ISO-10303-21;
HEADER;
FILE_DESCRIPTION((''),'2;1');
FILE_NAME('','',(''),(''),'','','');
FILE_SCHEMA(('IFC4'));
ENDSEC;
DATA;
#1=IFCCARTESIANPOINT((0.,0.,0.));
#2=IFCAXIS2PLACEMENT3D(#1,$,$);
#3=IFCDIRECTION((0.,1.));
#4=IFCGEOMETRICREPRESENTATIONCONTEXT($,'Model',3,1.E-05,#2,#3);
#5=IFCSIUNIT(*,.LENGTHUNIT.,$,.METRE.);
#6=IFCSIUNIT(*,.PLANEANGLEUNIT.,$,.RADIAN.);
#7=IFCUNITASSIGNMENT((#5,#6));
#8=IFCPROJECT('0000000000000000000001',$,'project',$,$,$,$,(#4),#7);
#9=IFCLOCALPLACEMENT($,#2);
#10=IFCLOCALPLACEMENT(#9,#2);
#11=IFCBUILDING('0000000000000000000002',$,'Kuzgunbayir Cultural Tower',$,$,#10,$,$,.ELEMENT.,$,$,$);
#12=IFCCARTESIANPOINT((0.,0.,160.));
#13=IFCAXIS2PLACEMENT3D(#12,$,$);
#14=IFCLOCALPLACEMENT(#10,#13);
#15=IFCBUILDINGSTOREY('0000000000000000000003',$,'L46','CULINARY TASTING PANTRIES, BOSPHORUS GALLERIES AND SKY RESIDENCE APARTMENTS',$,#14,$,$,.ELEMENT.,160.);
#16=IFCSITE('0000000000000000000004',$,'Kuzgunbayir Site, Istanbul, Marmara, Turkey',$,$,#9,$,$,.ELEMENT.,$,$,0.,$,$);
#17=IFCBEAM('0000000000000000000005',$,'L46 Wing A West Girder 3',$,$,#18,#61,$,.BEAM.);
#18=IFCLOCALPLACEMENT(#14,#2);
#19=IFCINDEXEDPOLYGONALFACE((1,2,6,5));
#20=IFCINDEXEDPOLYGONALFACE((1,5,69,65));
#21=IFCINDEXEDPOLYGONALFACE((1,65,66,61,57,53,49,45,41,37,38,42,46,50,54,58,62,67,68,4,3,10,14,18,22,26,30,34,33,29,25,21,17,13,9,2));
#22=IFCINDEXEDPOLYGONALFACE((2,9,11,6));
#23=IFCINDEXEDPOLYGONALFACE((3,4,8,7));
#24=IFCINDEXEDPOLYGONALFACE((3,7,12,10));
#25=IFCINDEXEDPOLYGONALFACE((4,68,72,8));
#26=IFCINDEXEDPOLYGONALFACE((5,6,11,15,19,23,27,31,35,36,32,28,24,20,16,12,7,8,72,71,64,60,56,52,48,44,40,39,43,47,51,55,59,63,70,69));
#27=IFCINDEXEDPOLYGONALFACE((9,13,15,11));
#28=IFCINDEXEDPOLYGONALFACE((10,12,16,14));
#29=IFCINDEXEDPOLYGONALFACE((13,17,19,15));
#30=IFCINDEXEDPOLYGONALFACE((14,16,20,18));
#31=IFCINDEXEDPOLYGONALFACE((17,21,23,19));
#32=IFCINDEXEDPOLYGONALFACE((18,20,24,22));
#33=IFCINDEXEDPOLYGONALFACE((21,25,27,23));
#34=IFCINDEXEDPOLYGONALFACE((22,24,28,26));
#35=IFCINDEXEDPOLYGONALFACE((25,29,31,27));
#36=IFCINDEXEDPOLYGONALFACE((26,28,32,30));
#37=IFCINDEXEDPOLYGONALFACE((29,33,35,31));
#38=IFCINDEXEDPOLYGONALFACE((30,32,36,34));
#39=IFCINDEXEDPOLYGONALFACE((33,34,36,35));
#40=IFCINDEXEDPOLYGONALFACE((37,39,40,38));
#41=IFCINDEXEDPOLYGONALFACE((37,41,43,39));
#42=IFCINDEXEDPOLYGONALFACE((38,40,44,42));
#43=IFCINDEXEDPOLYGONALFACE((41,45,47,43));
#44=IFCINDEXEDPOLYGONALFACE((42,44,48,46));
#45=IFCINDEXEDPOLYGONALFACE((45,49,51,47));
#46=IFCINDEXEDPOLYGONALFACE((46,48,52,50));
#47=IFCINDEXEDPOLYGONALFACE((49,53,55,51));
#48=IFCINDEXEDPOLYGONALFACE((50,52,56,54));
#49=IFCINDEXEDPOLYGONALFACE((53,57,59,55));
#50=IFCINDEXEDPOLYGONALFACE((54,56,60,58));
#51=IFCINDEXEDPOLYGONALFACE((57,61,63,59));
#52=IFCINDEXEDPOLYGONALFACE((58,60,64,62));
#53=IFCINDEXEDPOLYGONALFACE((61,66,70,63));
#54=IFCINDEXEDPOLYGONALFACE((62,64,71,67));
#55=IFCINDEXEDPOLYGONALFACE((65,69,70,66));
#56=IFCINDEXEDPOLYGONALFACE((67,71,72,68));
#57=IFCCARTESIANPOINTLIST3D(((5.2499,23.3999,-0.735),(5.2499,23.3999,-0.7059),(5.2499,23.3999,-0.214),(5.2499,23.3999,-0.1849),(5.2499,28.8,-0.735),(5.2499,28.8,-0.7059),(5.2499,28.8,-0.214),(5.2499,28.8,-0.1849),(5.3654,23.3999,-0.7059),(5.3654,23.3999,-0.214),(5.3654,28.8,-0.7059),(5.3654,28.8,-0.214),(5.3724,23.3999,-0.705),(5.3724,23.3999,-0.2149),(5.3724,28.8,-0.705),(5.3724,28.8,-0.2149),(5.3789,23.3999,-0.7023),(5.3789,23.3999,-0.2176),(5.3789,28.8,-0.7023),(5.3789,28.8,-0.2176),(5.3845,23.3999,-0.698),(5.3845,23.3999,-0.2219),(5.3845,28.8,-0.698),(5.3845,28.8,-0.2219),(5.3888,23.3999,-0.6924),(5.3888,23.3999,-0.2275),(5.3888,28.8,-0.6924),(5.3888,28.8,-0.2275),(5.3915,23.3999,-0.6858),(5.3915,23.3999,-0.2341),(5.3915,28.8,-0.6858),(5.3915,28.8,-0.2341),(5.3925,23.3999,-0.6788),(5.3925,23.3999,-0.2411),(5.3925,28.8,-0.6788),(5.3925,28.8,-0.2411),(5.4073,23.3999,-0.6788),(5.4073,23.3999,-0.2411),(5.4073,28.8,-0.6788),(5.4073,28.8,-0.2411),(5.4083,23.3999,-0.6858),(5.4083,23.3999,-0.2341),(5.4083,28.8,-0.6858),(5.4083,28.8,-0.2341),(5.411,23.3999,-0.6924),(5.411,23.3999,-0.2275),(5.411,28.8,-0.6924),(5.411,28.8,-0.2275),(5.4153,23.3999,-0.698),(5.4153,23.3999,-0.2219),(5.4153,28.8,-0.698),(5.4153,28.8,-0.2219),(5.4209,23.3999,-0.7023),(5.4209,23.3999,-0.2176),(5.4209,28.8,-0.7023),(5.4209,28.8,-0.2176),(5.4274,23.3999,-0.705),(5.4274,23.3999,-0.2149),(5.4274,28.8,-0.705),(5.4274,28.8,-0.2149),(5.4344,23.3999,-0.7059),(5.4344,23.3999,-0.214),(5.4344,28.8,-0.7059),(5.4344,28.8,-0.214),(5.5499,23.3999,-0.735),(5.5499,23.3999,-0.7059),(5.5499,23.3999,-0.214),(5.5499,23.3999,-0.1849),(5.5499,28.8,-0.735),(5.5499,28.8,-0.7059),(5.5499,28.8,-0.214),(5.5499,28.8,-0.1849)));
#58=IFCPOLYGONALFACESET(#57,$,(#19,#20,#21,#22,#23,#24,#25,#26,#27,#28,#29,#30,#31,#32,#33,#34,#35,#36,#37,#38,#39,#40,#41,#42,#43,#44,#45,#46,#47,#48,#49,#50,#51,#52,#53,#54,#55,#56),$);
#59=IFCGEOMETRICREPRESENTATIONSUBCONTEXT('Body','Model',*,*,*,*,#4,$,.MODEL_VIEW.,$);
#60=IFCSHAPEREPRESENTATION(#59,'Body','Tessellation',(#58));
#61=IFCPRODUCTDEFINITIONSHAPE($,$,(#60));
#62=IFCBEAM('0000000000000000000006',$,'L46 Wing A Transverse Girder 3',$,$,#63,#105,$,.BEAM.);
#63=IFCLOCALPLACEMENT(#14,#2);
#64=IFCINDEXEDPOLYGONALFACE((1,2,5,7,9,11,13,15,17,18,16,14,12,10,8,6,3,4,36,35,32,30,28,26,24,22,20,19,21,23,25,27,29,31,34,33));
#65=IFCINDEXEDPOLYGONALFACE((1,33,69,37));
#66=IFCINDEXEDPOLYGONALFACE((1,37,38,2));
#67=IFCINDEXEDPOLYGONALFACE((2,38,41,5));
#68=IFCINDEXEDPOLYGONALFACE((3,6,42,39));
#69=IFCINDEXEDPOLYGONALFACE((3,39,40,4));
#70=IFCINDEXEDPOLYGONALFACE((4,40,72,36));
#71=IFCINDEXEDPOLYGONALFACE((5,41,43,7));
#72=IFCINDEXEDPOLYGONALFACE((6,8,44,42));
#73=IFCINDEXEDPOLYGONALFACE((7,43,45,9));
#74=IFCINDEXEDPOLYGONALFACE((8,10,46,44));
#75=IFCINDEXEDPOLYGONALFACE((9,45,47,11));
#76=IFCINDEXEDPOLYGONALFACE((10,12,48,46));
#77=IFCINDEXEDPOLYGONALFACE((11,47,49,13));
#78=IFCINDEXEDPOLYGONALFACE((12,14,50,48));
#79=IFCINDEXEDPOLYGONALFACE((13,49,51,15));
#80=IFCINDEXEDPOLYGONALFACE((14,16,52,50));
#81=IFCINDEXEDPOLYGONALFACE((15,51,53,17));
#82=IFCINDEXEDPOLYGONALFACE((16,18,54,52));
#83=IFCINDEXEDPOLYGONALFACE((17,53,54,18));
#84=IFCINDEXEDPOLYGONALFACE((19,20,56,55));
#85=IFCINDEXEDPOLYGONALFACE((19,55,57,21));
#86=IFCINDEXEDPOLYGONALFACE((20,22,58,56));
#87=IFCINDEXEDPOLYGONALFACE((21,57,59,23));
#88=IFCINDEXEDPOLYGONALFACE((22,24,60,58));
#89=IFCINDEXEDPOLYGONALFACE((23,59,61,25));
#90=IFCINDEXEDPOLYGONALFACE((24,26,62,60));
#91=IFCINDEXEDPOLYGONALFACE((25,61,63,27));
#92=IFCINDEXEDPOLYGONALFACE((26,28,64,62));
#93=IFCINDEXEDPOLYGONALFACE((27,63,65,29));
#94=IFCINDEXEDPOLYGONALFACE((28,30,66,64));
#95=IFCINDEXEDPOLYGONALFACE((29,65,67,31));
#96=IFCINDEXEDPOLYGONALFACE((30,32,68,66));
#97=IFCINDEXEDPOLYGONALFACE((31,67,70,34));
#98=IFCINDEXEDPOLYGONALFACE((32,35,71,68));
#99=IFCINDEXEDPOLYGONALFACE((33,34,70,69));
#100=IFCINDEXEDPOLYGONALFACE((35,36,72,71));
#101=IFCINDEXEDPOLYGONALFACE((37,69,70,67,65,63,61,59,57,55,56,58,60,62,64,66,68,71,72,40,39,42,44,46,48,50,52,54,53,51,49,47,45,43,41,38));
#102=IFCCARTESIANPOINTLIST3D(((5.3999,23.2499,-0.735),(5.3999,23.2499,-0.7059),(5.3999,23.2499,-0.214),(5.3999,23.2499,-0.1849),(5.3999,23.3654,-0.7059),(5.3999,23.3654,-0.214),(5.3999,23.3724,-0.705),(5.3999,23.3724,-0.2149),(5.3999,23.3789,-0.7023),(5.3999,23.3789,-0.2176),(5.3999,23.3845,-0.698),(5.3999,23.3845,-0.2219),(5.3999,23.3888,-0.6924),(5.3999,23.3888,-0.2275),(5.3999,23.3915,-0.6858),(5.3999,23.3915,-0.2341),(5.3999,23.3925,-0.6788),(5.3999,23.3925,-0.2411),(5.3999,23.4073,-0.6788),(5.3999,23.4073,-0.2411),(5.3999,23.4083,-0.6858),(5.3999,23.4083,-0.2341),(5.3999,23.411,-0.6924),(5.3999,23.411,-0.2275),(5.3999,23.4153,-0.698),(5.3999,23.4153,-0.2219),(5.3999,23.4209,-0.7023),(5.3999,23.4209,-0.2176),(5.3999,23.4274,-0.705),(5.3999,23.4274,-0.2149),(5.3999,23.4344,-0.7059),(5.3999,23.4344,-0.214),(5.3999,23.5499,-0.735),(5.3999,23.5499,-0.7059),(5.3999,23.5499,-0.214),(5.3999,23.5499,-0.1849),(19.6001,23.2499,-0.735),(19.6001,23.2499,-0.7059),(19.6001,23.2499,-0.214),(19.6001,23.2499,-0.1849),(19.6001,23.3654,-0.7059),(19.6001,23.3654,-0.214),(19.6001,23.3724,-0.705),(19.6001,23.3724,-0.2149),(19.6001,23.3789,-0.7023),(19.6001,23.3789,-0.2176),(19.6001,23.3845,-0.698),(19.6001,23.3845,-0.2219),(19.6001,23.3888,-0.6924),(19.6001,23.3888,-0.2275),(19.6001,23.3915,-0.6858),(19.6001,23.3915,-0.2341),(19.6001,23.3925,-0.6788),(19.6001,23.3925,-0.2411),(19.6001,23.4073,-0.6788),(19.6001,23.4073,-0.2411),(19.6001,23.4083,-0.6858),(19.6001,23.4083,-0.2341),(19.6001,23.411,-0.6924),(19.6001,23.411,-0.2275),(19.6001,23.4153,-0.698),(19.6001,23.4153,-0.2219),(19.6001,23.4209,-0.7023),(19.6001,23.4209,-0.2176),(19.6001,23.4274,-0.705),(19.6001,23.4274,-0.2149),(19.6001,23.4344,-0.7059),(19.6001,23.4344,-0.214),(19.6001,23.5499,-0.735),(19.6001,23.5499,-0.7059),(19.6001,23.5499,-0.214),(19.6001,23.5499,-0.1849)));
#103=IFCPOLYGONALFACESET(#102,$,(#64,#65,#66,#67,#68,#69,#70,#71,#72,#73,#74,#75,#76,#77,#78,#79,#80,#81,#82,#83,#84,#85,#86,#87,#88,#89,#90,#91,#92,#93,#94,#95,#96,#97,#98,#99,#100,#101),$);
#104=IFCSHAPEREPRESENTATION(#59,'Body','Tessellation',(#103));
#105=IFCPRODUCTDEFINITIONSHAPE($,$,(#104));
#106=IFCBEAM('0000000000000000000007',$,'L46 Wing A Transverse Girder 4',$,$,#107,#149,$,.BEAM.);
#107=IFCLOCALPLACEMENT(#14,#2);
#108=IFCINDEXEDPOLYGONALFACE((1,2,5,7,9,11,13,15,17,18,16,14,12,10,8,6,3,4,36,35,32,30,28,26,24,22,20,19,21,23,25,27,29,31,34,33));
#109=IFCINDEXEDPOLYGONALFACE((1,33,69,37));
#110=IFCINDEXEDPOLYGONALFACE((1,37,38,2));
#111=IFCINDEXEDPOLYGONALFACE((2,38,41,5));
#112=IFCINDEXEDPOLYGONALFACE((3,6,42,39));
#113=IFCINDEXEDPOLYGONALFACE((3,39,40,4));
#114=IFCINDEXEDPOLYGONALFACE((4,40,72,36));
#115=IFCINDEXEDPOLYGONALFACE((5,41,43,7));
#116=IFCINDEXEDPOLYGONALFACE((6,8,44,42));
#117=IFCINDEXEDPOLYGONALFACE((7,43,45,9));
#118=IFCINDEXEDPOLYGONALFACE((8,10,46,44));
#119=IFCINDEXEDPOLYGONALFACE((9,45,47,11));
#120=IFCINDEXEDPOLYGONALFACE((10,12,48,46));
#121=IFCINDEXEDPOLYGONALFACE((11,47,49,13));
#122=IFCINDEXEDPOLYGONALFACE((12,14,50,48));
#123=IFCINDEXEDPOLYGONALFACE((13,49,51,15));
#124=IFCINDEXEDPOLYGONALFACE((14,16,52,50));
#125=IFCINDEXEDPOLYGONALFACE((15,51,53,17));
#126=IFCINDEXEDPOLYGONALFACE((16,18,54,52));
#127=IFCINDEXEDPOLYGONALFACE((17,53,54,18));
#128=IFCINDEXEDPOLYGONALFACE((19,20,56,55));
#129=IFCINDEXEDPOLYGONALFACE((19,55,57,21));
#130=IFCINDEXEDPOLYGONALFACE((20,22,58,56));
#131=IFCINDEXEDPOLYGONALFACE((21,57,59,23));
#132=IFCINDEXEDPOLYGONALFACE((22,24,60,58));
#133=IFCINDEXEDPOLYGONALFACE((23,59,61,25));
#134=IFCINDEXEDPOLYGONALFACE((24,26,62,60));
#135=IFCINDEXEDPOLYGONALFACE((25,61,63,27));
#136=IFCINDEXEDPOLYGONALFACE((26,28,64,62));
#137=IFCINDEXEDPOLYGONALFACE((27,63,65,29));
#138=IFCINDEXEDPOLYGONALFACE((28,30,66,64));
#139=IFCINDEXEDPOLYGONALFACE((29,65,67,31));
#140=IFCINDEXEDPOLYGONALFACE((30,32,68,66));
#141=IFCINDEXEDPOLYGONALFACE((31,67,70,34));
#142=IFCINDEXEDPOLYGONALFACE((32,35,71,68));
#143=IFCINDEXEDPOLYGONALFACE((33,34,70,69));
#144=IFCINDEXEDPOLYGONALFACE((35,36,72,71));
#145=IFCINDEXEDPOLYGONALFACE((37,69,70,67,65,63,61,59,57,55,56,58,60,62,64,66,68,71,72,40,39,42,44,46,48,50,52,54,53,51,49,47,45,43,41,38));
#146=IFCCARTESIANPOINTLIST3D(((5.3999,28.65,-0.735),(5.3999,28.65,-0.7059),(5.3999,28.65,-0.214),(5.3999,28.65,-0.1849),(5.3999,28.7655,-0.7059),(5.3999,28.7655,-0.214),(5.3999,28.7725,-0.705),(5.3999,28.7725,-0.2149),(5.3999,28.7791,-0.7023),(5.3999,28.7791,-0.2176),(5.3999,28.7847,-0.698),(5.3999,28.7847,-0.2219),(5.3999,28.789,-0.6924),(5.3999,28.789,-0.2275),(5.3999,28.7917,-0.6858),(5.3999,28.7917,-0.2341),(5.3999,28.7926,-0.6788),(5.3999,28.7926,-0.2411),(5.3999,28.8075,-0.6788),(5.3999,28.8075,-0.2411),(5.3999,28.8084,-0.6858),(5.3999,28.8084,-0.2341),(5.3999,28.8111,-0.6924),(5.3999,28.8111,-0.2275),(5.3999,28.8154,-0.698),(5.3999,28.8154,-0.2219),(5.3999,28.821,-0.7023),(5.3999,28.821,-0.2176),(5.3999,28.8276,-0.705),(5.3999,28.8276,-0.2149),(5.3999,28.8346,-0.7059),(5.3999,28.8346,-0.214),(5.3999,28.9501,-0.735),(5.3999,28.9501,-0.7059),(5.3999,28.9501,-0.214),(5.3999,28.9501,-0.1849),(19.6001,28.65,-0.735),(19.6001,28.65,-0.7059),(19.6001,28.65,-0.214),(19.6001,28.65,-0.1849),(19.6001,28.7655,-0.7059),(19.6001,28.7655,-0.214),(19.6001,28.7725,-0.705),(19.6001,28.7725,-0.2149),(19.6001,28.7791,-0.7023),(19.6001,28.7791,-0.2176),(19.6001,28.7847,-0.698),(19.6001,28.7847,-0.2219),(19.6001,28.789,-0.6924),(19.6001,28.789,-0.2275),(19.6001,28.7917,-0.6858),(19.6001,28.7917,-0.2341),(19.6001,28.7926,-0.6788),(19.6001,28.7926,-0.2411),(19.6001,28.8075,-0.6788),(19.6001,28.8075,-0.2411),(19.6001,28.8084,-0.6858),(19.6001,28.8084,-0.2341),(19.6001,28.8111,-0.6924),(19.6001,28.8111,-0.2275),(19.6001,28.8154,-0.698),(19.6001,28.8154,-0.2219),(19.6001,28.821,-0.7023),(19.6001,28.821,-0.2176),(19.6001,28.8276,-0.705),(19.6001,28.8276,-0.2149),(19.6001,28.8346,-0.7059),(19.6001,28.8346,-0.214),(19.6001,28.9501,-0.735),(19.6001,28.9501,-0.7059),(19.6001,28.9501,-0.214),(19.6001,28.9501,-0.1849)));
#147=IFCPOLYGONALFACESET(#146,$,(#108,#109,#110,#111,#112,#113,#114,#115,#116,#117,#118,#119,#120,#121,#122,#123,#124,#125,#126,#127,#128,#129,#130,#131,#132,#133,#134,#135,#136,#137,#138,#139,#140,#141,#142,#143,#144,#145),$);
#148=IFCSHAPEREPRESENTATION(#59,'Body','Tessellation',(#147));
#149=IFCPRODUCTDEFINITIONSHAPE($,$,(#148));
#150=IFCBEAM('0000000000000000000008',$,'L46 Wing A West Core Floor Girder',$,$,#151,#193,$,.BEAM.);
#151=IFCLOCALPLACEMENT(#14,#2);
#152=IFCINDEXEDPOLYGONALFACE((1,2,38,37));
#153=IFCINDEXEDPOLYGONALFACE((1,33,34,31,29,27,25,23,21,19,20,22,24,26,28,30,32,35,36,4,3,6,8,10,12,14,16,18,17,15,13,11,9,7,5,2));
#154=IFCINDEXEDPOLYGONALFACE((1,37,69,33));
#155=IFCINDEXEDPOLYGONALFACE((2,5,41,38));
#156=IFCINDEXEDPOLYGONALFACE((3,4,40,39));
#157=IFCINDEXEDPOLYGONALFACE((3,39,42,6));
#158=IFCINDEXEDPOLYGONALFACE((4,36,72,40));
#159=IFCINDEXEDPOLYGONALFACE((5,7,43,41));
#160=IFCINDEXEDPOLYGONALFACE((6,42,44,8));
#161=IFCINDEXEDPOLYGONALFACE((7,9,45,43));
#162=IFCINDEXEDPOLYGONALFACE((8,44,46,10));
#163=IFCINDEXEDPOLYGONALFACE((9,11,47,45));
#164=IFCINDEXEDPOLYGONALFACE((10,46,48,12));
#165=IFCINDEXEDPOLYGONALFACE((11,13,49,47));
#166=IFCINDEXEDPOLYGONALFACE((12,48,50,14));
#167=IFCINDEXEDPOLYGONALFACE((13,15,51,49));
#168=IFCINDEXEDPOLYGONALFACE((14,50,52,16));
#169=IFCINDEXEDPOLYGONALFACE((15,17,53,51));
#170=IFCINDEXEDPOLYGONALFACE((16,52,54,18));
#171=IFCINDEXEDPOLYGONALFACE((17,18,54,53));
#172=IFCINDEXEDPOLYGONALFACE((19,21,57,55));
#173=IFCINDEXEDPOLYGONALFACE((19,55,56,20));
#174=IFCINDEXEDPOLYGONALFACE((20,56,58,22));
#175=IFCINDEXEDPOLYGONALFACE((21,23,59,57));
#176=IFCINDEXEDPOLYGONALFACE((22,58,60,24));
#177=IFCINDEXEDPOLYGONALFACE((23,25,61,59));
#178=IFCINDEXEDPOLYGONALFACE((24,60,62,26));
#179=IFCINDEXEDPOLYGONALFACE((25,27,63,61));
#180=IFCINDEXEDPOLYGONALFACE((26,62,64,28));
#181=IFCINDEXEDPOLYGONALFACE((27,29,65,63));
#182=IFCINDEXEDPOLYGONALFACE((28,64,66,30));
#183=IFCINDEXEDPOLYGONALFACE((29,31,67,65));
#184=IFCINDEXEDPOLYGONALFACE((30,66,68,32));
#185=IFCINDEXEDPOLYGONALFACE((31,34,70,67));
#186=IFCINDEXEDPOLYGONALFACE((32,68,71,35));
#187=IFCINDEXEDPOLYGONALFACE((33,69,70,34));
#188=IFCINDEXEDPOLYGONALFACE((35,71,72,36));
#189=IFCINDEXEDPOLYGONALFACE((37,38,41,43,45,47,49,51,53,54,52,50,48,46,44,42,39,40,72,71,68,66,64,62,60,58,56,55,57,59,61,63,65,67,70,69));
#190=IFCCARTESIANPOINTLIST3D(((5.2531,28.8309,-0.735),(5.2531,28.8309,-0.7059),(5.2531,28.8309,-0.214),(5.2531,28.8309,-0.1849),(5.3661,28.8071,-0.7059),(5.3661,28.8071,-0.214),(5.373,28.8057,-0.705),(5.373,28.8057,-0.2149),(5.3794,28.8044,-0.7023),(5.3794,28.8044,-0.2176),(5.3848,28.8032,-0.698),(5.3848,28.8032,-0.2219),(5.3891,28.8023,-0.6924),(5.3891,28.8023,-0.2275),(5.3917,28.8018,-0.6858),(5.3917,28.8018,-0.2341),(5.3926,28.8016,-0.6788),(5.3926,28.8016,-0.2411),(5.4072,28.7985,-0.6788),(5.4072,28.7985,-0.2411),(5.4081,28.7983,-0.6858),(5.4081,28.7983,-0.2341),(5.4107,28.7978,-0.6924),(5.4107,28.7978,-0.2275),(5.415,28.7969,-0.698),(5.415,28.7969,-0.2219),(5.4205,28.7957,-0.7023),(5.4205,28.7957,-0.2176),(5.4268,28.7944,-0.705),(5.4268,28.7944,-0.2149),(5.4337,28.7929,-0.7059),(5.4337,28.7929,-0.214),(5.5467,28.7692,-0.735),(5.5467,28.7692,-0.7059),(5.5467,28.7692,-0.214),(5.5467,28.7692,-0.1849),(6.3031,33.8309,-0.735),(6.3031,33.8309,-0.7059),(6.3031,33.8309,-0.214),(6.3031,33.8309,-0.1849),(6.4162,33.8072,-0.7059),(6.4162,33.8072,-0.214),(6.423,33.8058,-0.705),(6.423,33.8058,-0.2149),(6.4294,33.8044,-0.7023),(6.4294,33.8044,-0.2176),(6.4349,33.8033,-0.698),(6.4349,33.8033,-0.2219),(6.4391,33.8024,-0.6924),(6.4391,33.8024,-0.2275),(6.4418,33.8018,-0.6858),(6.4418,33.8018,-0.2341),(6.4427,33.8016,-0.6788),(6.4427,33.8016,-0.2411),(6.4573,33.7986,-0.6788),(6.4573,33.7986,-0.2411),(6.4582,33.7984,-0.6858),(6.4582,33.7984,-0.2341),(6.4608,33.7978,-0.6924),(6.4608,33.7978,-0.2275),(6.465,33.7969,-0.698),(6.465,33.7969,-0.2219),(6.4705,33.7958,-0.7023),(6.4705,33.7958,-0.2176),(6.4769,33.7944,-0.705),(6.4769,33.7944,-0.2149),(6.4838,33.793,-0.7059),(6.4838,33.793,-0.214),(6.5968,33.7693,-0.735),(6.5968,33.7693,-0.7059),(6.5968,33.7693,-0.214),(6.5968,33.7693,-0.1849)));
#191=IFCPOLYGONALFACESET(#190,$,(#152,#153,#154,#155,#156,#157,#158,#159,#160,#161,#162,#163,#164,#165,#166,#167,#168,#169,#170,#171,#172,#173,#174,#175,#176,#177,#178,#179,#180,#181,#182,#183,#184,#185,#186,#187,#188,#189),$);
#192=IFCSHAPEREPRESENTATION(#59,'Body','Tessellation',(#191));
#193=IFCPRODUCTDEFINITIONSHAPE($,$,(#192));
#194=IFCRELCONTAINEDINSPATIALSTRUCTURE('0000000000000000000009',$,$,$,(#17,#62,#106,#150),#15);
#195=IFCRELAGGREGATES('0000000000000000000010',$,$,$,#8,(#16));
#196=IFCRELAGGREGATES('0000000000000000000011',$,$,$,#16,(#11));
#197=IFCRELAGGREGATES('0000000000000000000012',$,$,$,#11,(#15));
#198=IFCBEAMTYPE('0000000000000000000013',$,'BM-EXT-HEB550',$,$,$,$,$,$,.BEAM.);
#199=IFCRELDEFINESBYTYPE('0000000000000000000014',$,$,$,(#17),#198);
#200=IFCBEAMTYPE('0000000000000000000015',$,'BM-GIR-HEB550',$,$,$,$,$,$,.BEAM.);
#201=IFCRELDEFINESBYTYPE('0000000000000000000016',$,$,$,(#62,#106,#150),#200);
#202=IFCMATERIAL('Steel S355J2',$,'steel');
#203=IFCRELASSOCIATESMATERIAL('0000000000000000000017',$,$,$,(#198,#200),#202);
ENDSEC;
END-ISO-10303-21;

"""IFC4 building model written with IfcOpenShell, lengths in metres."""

from ifc_helpers import new_model, si_unit, direction, frame, origin, origin_2d, place, context, subcontext, project, spatial, i_section, extrude, material, material_profile, profile_set, type_object, element, save


model = new_model("IFC4")

# Units and contexts
model_context = context("Model", 3, precision=1e-05, world=origin(), true_north=direction((0.0, 1.0)))
body_context = subcontext(model_context, "Body", "Model", "MODEL_VIEW")
ifc_project = project(units=[si_unit("LENGTHUNIT", "METRE"), si_unit("PLANEANGLEUNIT", "RADIAN")], contexts=[model_context])

# Site, building, storey
site_placement = place(None, origin())
site = spatial("IfcSite", under=ifc_project, at=site_placement, Name="Kuzgunbayir Site, Istanbul, Marmara, Turkey", CompositionType="ELEMENT", RefElevation=0.0)
building_placement = place(site_placement, origin())
building = spatial("IfcBuilding", under=site, at=building_placement, Name="Kuzgunbayir Cultural Tower", CompositionType="ELEMENT")
storey_placement = place(building_placement, frame((0.0, 0.0, 160.0)))
storey = spatial("IfcBuildingStorey", under=building, at=storey_placement, Name="L46", Description="CULINARY TASTING PANTRIES, BOSPHORUS GALLERIES AND SKY RESIDENCE APARTMENTS", CompositionType="ELEMENT", Elevation=160.0)

# Beams
ifc_material_1 = material(Name="Steel S355J2", Category="steel")
ifc_material_profile_1 = material_profile(ifc_material_1, i_section(OverallWidth=0.3, OverallDepth=0.55, WebThickness=0.0149, FlangeThickness=0.0291, FilletRadius=0.0271, at=origin_2d()), Name="HEB 550")
ifc_profile_set_1 = profile_set([ifc_material_profile_1], Name="Steel S355J2")
beam_type_1 = type_object("IfcBeamType", Name="BM-EXT-HEB550", PredefinedType="BEAM", material=ifc_profile_set_1)
beam_1_placement = place(storey_placement, frame((5.3999, 23.3999, -0.46), z_axis=(0.0, 1.0, 0.0), x_axis=(-1.0, 0.0, 0.0)))
element("IfcBeam", 1, at=beam_1_placement, inside=storey, type_object=beam_type_1, Name="L46 Wing A West Girder 3", PredefinedType="BEAM", context=body_context, shape_type="SweptSolid", body=[
    extrude(i_section(OverallWidth=0.3, OverallDepth=0.55, WebThickness=0.0149, FlangeThickness=0.0291, FilletRadius=0.0271, at=origin_2d()), origin(), (0.0, 0.0, 1.0), 5.4001),
])
ifc_material_profile_2 = material_profile(ifc_material_1, i_section(OverallWidth=0.3, OverallDepth=0.55, WebThickness=0.0149, FlangeThickness=0.0291, FilletRadius=0.0271, at=origin_2d()), Name="HEB 550")
ifc_profile_set_2 = profile_set([ifc_material_profile_2], Name="Steel S355J2")
beam_type_2 = type_object("IfcBeamType", Name="BM-GIR-HEB550", PredefinedType="BEAM", material=ifc_profile_set_2)
for number, where, z_axis, x_axis, name in (
    (2, (5.3999, 23.3999, -0.46), (1.0, 0.0, 0.0), (0.0, 1.0, 0.0), "L46 Wing A Transverse Girder 3"),
    (3, (5.3999, 28.8, -0.46), (1.0, 0.0, 0.0), (0.0, 1.0, 0.0), "L46 Wing A Transverse Girder 4"),
):
    element("IfcBeam", number, at=place(storey_placement, frame(where, z_axis=z_axis, x_axis=x_axis)), inside=storey, type_object=beam_type_2, Name=name, PredefinedType="BEAM", context=body_context, shape_type="SweptSolid", body=[
        extrude(i_section(OverallWidth=0.3, OverallDepth=0.55, WebThickness=0.0149, FlangeThickness=0.0291, FilletRadius=0.0271, at=origin_2d()), origin(), (0.0, 0.0, 1.0), 14.2002),
    ])
beam_2_placement = place(storey_placement, frame((5.3999, 28.8, -0.46), z_axis=(0.205526, 0.978652, 0.0), x_axis=(-0.978652, 0.205526, 0.0)))
element("IfcBeam", 4, at=beam_2_placement, inside=storey, type_object=beam_type_2, Name="L46 Wing A West Core Floor Girder", PredefinedType="BEAM", context=body_context, shape_type="SweptSolid", body=[
    extrude(i_section(OverallWidth=0.3, OverallDepth=0.55, WebThickness=0.0149, FlangeThickness=0.0291, FilletRadius=0.0271, at=origin_2d()), origin(), (0.0, 0.0, 1.0), 5.1091),
])

save(model, "model.ifc")
